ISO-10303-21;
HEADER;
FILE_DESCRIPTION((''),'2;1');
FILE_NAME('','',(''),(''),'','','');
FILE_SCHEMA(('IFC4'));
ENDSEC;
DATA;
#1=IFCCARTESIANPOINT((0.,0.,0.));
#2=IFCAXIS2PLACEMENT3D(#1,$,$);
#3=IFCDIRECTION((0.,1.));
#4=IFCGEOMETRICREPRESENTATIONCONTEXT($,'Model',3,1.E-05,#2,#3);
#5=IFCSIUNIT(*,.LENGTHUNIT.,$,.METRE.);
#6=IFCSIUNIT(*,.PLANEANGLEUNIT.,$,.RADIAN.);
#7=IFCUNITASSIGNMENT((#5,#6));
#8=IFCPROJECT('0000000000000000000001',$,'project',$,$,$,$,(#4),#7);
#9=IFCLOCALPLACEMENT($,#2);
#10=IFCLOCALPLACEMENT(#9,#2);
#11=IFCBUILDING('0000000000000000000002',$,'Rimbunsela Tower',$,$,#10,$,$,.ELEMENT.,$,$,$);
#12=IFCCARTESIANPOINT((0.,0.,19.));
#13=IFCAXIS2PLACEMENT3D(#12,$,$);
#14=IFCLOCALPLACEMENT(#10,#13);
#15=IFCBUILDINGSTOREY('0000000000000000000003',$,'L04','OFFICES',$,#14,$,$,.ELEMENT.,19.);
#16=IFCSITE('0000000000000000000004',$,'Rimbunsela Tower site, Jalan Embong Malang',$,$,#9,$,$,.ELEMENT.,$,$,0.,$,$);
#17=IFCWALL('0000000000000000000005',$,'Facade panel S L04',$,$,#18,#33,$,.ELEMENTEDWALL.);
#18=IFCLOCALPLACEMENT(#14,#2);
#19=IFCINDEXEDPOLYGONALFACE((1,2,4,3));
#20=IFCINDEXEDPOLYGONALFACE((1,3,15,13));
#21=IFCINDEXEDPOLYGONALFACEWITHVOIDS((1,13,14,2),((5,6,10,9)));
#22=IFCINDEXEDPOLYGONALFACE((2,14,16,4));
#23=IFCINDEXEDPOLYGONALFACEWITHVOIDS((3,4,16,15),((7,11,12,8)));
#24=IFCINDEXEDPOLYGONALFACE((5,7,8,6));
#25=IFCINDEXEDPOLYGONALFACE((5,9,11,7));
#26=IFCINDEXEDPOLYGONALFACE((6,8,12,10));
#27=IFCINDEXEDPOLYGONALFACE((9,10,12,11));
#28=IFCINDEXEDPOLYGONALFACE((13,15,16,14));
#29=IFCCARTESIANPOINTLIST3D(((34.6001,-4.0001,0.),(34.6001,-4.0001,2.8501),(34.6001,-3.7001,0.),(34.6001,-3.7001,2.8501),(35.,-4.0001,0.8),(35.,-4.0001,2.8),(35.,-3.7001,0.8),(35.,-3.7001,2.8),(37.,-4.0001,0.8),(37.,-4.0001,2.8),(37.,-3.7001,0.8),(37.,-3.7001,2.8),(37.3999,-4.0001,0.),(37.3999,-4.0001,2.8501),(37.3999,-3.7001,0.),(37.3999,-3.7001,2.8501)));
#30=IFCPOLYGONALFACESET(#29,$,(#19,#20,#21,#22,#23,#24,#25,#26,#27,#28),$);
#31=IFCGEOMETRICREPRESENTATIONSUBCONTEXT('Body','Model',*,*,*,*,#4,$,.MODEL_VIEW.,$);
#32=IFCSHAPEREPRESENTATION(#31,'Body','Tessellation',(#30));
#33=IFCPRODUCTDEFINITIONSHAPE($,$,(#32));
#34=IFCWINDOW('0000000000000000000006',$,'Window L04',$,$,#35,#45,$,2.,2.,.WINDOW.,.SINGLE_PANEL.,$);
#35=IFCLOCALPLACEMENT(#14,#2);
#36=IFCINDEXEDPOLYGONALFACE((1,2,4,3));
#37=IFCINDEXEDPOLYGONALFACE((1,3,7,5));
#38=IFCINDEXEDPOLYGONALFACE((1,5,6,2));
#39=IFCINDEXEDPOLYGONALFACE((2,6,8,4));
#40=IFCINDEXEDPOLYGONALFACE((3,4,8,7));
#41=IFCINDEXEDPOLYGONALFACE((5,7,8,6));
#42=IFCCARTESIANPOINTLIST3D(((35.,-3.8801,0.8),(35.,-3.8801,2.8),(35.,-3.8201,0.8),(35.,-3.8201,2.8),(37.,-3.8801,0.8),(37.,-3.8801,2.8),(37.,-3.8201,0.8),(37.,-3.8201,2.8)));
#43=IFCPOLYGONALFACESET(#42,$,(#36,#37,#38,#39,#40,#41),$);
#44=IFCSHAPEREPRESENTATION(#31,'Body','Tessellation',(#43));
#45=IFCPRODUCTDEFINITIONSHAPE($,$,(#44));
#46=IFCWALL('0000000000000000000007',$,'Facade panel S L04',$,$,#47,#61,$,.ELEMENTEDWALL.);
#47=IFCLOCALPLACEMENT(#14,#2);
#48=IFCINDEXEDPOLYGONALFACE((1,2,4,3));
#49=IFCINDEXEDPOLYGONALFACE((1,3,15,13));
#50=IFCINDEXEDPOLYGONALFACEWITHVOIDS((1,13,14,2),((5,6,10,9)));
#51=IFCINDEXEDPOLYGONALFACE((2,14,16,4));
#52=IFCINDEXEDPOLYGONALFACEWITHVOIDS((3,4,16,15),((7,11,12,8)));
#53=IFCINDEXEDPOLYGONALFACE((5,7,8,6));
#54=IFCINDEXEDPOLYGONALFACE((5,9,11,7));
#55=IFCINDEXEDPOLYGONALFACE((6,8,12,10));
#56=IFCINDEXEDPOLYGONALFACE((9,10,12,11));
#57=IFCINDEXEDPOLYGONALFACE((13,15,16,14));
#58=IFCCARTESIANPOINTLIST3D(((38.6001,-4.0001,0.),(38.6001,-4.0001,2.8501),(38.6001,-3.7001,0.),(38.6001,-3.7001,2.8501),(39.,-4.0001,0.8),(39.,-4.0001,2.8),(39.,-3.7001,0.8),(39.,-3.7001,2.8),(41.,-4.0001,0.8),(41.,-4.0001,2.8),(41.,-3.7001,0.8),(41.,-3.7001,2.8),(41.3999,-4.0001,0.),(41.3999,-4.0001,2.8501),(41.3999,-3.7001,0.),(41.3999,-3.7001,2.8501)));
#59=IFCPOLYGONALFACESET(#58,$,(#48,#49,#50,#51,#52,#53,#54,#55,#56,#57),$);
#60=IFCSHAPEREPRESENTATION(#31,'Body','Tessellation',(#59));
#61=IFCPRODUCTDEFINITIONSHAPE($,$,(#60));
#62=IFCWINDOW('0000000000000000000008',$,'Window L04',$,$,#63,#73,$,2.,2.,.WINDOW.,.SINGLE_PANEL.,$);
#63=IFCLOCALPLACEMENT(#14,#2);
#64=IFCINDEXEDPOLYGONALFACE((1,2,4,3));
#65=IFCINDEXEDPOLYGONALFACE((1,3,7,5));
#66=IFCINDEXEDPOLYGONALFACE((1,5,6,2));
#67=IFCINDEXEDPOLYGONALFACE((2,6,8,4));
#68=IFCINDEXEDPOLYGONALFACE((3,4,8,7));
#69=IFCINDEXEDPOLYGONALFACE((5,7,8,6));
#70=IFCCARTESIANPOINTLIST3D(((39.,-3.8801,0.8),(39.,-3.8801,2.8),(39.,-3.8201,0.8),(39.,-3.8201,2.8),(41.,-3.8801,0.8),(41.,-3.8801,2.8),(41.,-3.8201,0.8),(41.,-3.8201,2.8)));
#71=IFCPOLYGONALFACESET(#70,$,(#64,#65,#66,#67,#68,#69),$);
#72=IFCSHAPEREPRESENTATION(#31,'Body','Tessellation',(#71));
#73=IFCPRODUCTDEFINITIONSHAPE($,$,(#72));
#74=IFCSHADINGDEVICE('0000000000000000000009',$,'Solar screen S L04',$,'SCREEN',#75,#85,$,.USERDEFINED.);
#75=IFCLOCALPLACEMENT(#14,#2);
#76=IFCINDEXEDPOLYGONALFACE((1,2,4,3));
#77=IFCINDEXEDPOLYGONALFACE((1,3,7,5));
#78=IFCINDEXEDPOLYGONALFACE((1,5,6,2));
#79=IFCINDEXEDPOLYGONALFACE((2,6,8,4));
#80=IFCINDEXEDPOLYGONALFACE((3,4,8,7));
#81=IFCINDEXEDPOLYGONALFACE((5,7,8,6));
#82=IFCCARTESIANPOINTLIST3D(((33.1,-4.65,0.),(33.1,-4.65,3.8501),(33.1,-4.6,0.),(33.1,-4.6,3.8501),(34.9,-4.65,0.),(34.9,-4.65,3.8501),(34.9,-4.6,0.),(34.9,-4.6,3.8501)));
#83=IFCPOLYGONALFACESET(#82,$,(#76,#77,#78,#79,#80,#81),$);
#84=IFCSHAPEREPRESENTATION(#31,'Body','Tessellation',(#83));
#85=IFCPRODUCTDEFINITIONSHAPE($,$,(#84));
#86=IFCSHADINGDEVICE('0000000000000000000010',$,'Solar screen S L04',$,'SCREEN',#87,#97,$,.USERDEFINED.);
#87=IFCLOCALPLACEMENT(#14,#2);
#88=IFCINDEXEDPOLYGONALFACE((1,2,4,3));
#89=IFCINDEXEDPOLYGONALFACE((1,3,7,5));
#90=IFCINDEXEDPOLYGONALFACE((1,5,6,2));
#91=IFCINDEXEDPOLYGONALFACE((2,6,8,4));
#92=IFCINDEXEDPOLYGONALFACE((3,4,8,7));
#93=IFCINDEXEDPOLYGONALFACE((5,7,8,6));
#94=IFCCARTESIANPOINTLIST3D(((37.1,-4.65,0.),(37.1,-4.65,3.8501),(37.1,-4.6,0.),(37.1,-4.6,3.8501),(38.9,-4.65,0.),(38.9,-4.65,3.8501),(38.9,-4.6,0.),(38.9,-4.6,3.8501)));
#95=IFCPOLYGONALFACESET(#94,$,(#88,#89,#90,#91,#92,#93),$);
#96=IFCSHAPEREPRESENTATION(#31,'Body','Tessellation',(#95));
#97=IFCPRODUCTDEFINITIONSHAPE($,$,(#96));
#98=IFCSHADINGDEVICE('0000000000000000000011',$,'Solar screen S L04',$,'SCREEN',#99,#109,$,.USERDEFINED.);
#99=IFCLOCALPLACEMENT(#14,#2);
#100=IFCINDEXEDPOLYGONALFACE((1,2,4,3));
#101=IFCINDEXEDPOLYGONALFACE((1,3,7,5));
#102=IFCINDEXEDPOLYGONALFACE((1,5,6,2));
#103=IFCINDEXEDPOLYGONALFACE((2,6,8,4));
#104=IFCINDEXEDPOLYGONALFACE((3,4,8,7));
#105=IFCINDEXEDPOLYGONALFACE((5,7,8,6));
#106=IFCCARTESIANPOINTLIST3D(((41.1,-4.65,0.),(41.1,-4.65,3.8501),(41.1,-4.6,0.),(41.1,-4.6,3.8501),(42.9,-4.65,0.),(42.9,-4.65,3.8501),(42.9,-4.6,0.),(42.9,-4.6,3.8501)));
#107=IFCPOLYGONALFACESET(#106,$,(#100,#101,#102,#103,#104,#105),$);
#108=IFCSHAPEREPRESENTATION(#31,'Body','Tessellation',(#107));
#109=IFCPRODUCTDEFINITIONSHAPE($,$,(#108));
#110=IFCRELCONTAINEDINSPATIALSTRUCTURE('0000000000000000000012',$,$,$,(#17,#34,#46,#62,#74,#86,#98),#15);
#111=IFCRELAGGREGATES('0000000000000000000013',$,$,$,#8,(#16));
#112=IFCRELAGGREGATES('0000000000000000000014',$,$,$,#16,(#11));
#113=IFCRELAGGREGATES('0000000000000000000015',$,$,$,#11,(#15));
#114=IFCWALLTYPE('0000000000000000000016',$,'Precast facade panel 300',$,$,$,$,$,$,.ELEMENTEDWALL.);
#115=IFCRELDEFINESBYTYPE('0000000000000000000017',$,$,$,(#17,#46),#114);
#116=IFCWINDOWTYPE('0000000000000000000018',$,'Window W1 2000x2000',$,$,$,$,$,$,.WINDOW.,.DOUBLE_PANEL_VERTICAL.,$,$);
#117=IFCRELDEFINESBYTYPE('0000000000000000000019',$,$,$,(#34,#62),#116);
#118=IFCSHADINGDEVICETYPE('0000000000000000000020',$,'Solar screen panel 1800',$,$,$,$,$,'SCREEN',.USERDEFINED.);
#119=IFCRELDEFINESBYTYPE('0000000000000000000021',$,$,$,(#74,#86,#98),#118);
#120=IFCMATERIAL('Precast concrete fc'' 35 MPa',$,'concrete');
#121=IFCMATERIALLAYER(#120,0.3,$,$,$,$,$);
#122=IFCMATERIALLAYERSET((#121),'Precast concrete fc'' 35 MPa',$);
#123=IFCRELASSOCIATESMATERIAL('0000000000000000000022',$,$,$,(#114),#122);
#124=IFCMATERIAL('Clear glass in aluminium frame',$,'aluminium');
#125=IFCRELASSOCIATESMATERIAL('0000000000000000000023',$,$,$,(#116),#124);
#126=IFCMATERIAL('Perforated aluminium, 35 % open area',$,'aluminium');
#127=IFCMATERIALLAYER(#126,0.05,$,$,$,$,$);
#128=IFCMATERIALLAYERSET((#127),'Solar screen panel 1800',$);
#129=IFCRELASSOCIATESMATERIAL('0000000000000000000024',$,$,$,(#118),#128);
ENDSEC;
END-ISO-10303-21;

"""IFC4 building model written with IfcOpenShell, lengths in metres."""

from ifc_helpers import new_model, si_unit, direction, frame, frame_2d, origin, origin_2d, place, context, subcontext, project, spatial, rectangle, extrude, material, layer, layer_set, type_object, element, fill, save


model = new_model("IFC4")

# Units and contexts
model_context = context("Model", 3, precision=1e-05, world=origin(), true_north=direction((0.0, 1.0)))
body_context = subcontext(model_context, "Body", "Model", "MODEL_VIEW")
ifc_project = project(units=[si_unit("LENGTHUNIT", "METRE"), si_unit("PLANEANGLEUNIT", "RADIAN")], contexts=[model_context])

# Site, building, storey
site_placement = place(None, origin())
site = spatial("IfcSite", under=ifc_project, at=site_placement, Name="Rimbunsela Tower site, Jalan Embong Malang", CompositionType="ELEMENT", RefElevation=0.0)
building_placement = place(site_placement, origin())
building = spatial("IfcBuilding", under=site, at=building_placement, Name="Rimbunsela Tower", CompositionType="ELEMENT")
storey_placement = place(building_placement, frame((0.0, 0.0, 19.0)))
storey = spatial("IfcBuildingStorey", under=building, at=storey_placement, Name="L04", Description="OFFICES", CompositionType="ELEMENT", Elevation=19.0)

# Walls, openings, windows
ifc_material_1 = material(Name="Precast concrete fc' 35 MPa", Category="concrete")
ifc_layer_1 = layer(ifc_material_1, 0.3)
ifc_layer_set_1 = layer_set([ifc_layer_1], Name="Precast concrete fc' 35 MPa")
wall_type = type_object("IfcWallType", Name="Precast facade panel 300", PredefinedType="ELEMENTEDWALL", material=ifc_layer_set_1)
ifc_material_2 = material(Name="Clear glass in aluminium frame", Category="aluminium")
window_type = type_object("IfcWindowType", Name="Window W1 2000x2000", PartitioningType="DOUBLE_PANEL_VERTICAL", PredefinedType="WINDOW", material=ifc_material_2)
wall_1_placement = place(storey_placement, frame((34.6001, -3.8501, 0.0), z_axis=(0.0, 0.0, 1.0), x_axis=(1.0, 0.0, 0.0)))
wall_1 = element("IfcWall", 1, at=wall_1_placement, inside=storey, type_object=wall_type, Name="Facade panel S L04", PredefinedType="ELEMENTEDWALL", context=body_context, shape_type="SweptSolid", body=[
    extrude(rectangle(XDim=2.7998, YDim=0.3, at=frame_2d((1.3999, 0.0))), origin(), (0.0, 0.0, 1.0), 2.8501),
])
opening_1_placement = place(wall_1_placement, frame((0.3999, 0.0, 0.8)))
opening_1 = element("IfcOpeningElement", 2, at=opening_1_placement, cuts=wall_1, PredefinedType="OPENING", context=body_context, shape_type="SweptSolid", body=[
    extrude(rectangle(XDim=2.0, YDim=2.0, at=frame_2d((1.0, 1.0))), frame((0.0, 0.1599, 0.0), z_axis=(0.0, -1.0, 0.0), x_axis=(1.0, 0.0, 0.0)), (0.0, 0.0, 1.0), 0.3201),
])
window_1_placement = place(opening_1_placement, origin())
window_1 = element("IfcWindow", 3, at=window_1_placement, inside=storey, type_object=window_type, Name="Window L04", OverallHeight=2.0, OverallWidth=2.0, PartitioningType="SINGLE_PANEL", PredefinedType="WINDOW", context=body_context, shape_type="SweptSolid", body=[
    extrude(rectangle(XDim=2.0, YDim=2.0, at=frame_2d((1.0, 1.0))), frame((0.0, 0.03, 0.0), z_axis=(0.0, -1.0, 0.0), x_axis=(1.0, 0.0, 0.0)), (0.0, 0.0, 1.0), 0.0601),
])
fill(opening_1, window_1)
wall_2_placement = place(storey_placement, frame((38.6001, -3.8501, 0.0), z_axis=(0.0, 0.0, 1.0), x_axis=(1.0, 0.0, 0.0)))
wall_2 = element("IfcWall", 4, at=wall_2_placement, inside=storey, type_object=wall_type, Name="Facade panel S L04", PredefinedType="ELEMENTEDWALL", context=body_context, shape_type="SweptSolid", body=[
    extrude(rectangle(XDim=2.7998, YDim=0.3, at=frame_2d((1.3999, 0.0))), origin(), (0.0, 0.0, 1.0), 2.8501),
])
opening_2_placement = place(wall_2_placement, frame((0.3999, 0.0, 0.8)))
opening_2 = element("IfcOpeningElement", 5, at=opening_2_placement, cuts=wall_2, PredefinedType="OPENING", context=body_context, shape_type="SweptSolid", body=[
    extrude(rectangle(XDim=2.0, YDim=2.0, at=frame_2d((1.0, 1.0))), frame((0.0, 0.1599, 0.0), z_axis=(0.0, -1.0, 0.0), x_axis=(1.0, 0.0, 0.0)), (0.0, 0.0, 1.0), 0.3201),
])
window_2_placement = place(opening_2_placement, origin())
window_2 = element("IfcWindow", 6, at=window_2_placement, inside=storey, type_object=window_type, Name="Window L04", OverallHeight=2.0, OverallWidth=2.0, PartitioningType="SINGLE_PANEL", PredefinedType="WINDOW", context=body_context, shape_type="SweptSolid", body=[
    extrude(rectangle(XDim=2.0, YDim=2.0, at=frame_2d((1.0, 1.0))), frame((0.0, 0.03, 0.0), z_axis=(0.0, -1.0, 0.0), x_axis=(1.0, 0.0, 0.0)), (0.0, 0.0, 1.0), 0.0601),
])
fill(opening_2, window_2)

# Shading devices
ifc_material_3 = material(Name="Perforated aluminium, 35 % open area", Category="aluminium")
ifc_layer_2 = layer(ifc_material_3, 0.05)
ifc_layer_set_2 = layer_set([ifc_layer_2], Name="Solar screen panel 1800")
shading_device_type = type_object("IfcShadingDeviceType", Name="Solar screen panel 1800", ElementType="SCREEN", PredefinedType="USERDEFINED", material=ifc_layer_set_2)
for number, where, z_axis, x_axis, name in (
    (7, (34.0, -4.625, 0.0), (0.0, 0.0, 1.0), (1.0, 0.0, 0.0), "Solar screen S L04"),
    (8, (38.0, -4.625, 0.0), (0.0, 0.0, 1.0), (1.0, 0.0, 0.0), "Solar screen S L04"),
    (9, (42.0, -4.625, 0.0), (0.0, 0.0, 1.0), (1.0, 0.0, 0.0), "Solar screen S L04"),
):
    element("IfcShadingDevice", number, at=place(storey_placement, frame(where, z_axis=z_axis, x_axis=x_axis)), inside=storey, type_object=shading_device_type, Name=name, ObjectType="SCREEN", PredefinedType="USERDEFINED", context=body_context, shape_type="SweptSolid", body=[
        extrude(rectangle(XDim=1.8, YDim=0.05, at=origin_2d()), origin(), (0.0, 0.0, 1.0), 3.8501),
    ])

save(model, "model.ifc")
